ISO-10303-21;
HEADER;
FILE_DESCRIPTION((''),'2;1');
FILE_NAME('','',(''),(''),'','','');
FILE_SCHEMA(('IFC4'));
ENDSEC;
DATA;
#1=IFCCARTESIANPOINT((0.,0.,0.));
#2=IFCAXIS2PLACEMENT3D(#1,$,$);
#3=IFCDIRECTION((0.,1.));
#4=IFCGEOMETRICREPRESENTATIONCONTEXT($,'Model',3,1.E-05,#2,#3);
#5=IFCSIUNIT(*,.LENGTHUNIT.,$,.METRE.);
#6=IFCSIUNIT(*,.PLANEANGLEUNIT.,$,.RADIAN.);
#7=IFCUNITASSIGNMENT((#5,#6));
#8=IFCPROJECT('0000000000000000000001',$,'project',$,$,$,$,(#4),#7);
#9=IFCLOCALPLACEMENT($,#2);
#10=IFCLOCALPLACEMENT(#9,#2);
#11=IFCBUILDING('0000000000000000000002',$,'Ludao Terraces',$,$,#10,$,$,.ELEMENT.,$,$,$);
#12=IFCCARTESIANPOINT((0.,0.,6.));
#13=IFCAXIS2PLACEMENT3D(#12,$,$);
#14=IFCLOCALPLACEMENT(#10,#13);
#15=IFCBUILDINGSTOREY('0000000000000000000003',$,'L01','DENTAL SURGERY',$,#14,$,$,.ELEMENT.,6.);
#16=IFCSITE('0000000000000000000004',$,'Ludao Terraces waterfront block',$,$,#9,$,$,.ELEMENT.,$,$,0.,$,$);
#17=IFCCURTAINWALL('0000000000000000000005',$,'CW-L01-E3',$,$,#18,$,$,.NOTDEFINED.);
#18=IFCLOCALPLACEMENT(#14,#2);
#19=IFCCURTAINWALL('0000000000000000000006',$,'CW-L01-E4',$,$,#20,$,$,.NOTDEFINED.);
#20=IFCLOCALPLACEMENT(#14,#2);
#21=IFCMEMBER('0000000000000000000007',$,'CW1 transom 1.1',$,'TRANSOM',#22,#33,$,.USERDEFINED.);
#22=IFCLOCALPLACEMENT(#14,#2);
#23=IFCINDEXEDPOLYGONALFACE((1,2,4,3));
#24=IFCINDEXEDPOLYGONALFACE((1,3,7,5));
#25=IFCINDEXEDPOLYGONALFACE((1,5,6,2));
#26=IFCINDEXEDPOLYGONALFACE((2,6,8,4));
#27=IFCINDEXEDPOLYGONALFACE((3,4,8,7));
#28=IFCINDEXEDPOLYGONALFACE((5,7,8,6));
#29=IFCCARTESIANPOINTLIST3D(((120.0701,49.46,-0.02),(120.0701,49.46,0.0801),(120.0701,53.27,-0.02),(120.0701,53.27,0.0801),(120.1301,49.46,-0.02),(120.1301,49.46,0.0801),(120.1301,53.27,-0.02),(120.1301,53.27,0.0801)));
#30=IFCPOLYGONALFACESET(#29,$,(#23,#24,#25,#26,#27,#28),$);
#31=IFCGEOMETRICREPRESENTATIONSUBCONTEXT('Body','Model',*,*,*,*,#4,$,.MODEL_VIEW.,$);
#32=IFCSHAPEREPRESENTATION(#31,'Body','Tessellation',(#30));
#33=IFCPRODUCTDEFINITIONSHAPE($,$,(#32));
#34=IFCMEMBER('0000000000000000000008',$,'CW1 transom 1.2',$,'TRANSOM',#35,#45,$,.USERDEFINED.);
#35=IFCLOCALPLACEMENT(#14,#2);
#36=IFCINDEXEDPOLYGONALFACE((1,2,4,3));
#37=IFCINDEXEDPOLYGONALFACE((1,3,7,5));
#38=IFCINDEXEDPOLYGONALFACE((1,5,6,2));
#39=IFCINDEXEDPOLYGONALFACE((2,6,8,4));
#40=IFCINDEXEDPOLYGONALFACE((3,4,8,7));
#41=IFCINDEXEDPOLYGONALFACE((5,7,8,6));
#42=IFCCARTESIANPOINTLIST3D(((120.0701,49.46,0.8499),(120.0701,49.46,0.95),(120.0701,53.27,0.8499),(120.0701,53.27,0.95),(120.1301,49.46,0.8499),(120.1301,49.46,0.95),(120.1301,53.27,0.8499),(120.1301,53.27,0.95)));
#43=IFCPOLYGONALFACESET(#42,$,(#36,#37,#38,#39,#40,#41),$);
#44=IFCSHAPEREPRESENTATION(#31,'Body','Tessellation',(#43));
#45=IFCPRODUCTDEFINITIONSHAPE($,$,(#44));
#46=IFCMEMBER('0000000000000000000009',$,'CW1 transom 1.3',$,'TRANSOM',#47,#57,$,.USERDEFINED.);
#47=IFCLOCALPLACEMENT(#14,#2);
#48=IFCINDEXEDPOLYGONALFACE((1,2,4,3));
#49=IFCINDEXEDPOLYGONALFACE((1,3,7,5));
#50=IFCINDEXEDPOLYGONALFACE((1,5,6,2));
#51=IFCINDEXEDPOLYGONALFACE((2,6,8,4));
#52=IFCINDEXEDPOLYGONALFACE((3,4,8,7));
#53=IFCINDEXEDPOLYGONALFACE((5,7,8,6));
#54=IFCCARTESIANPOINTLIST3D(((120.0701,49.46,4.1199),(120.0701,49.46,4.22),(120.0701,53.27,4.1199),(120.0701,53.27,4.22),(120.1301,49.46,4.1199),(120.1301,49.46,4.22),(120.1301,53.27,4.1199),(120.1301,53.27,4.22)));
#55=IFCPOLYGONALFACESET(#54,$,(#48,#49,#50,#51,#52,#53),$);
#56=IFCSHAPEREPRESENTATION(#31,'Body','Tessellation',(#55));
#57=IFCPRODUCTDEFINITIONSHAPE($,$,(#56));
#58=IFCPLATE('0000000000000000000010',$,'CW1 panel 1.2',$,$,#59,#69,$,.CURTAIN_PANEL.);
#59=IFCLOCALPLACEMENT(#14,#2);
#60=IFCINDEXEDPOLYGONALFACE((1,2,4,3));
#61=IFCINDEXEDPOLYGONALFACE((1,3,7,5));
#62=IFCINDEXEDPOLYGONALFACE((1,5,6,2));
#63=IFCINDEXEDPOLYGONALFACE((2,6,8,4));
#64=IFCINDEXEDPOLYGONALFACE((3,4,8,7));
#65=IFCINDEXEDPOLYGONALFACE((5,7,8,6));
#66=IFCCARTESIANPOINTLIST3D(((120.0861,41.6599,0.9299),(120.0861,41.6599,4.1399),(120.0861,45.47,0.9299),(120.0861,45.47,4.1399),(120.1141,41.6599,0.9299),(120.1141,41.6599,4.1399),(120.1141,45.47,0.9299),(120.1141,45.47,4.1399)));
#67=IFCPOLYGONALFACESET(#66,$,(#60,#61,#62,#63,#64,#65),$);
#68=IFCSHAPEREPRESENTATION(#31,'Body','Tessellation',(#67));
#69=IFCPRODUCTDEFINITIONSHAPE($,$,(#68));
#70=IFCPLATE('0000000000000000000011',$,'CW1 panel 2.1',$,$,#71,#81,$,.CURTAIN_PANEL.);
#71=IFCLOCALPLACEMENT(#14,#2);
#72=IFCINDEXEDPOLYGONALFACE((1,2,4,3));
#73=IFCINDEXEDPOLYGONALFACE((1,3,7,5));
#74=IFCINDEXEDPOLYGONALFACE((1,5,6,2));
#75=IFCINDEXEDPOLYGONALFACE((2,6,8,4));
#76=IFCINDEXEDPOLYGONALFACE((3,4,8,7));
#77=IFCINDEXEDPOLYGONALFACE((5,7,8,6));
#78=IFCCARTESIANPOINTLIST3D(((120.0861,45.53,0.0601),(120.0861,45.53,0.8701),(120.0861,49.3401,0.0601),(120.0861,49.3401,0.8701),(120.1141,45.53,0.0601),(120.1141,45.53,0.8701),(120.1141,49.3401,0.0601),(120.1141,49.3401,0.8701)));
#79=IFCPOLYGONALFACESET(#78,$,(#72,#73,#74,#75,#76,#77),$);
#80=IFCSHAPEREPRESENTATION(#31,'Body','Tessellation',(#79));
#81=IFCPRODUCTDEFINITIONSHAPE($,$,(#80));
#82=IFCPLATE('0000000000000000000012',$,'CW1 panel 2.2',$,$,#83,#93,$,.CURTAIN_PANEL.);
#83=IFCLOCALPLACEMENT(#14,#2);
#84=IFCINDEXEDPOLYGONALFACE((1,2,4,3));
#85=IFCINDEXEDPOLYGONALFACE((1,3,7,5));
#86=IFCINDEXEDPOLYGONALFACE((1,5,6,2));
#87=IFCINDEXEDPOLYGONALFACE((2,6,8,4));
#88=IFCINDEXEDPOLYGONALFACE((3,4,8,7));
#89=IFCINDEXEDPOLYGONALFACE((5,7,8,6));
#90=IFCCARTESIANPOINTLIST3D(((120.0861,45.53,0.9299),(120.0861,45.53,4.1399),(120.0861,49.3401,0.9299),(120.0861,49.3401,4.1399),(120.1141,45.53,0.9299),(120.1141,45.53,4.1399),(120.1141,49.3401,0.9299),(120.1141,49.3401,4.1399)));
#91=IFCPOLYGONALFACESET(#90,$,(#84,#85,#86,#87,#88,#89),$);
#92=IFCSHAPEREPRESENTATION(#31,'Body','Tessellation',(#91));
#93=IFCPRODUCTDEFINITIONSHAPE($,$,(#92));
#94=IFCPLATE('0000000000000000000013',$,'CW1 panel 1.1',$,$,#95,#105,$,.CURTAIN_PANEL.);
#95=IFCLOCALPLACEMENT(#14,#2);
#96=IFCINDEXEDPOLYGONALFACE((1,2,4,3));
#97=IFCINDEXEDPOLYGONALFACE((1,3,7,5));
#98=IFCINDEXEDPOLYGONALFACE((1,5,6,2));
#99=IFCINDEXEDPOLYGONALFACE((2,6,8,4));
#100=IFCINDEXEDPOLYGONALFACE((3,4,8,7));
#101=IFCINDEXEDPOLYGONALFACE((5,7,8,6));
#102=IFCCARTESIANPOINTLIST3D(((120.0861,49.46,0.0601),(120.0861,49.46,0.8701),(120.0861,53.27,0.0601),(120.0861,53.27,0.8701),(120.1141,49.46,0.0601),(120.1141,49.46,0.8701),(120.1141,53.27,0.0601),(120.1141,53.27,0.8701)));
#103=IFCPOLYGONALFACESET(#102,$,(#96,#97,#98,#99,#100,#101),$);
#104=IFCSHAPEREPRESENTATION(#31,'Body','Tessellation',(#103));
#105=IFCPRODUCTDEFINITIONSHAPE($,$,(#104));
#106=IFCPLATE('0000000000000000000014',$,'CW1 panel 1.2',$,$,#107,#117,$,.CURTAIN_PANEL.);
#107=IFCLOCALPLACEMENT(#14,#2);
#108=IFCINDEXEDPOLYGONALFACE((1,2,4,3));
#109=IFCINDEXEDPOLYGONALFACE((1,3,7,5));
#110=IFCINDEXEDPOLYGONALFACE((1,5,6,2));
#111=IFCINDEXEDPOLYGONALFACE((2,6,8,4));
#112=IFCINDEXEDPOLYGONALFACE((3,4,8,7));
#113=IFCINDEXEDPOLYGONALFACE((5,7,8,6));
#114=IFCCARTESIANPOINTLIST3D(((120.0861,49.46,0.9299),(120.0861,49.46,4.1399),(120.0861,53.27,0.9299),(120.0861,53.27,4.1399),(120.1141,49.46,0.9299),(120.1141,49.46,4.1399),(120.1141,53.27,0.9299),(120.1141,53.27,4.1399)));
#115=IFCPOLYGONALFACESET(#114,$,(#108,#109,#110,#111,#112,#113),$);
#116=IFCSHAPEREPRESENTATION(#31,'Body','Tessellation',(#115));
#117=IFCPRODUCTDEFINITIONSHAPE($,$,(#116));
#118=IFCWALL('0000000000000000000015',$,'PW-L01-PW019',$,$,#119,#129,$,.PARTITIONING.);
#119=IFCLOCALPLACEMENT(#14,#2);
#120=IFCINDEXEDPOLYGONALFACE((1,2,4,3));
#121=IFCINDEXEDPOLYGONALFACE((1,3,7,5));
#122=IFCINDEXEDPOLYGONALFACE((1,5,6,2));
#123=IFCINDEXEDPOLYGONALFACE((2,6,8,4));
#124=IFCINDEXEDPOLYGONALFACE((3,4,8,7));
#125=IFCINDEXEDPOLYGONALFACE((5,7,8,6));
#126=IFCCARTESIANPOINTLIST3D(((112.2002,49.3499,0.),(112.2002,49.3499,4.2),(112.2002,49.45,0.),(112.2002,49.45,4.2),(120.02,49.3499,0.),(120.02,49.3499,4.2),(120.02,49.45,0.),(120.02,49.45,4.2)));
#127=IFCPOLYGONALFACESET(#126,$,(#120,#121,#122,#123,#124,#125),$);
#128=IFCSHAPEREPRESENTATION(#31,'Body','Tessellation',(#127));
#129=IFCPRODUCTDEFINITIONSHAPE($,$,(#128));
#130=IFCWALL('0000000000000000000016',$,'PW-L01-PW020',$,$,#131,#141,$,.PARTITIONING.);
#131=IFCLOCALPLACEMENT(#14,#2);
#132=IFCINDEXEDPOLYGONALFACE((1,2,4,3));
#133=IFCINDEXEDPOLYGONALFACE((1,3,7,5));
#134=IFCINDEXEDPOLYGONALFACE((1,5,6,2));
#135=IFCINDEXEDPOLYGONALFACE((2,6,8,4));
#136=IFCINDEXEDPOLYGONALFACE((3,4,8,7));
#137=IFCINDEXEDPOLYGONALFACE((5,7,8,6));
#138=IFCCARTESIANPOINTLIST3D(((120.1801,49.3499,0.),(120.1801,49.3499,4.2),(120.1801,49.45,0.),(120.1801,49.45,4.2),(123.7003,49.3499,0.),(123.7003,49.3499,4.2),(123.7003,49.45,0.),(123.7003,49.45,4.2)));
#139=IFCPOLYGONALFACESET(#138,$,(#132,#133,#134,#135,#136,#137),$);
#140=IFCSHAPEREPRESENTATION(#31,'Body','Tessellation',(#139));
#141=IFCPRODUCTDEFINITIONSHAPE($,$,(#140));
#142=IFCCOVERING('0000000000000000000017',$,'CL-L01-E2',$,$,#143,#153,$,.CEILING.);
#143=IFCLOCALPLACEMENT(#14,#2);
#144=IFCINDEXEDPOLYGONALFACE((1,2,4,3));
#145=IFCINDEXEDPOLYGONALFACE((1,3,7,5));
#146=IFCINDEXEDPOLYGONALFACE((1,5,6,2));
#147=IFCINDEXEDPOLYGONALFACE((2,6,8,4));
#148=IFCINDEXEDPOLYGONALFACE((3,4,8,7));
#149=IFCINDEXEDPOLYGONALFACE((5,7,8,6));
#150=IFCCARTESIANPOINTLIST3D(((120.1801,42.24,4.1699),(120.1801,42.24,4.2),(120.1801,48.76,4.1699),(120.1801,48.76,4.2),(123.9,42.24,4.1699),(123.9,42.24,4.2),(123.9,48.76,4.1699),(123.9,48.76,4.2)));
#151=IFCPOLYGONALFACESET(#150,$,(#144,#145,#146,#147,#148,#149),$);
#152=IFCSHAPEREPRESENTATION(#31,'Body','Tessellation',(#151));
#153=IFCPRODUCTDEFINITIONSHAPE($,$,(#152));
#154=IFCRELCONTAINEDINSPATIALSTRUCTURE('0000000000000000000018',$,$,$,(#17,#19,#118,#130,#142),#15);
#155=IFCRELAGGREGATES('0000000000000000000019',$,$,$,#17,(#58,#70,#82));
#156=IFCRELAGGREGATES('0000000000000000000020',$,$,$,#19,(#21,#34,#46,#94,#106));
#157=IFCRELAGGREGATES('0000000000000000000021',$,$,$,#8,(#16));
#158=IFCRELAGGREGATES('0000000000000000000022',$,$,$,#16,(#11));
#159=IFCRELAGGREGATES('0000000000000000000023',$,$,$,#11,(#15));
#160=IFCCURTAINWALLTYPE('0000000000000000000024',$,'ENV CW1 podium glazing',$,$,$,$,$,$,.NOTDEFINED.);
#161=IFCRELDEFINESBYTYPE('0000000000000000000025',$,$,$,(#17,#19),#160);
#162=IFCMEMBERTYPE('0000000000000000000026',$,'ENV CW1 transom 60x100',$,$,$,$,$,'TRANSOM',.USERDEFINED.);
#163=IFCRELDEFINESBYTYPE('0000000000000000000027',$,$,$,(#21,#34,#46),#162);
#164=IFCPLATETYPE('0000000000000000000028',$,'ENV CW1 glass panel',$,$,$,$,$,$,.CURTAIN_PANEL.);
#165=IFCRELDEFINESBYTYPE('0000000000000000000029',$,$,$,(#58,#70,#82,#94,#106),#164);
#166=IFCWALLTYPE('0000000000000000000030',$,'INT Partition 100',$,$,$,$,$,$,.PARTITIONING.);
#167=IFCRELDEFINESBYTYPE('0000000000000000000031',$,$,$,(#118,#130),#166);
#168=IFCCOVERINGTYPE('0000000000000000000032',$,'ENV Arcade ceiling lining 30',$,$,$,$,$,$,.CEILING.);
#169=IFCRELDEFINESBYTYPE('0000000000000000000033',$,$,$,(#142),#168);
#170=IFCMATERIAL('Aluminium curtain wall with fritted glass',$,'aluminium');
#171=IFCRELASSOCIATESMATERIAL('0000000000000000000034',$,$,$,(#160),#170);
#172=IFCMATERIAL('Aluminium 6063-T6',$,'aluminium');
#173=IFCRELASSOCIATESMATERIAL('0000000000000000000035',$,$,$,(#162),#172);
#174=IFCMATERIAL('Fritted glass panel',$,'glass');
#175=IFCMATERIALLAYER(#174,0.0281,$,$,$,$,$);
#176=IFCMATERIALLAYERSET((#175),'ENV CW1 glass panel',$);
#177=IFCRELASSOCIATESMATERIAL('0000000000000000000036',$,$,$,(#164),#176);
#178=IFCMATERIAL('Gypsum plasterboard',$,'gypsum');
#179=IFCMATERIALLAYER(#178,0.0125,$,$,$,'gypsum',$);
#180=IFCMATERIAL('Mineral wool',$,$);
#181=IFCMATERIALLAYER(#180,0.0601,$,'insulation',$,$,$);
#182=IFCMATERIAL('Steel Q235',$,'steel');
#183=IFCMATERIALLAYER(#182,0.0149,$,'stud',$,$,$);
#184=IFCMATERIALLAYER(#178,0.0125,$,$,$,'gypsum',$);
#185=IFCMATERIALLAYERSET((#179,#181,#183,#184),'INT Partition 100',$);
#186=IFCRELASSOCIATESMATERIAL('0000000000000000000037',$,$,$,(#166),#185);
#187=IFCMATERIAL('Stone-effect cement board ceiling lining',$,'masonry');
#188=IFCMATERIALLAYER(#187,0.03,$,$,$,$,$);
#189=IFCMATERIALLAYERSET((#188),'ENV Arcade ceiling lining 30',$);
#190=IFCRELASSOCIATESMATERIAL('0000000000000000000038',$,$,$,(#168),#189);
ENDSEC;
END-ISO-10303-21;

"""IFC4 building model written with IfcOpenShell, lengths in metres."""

from ifc_helpers import new_model, si_unit, direction, frame, frame_2d, origin, origin_2d, place, context, subcontext, project, spatial, rectangle, extrude, material, layer, layer_set, material_profile, profile_set, type_object, element, aggregate, save


model = new_model("IFC4")

# Units and contexts
model_context = context("Model", 3, precision=1e-05, world=origin(), true_north=direction((0.0, 1.0)))
body_context = subcontext(model_context, "Body", "Model", "MODEL_VIEW")
ifc_project = project(units=[si_unit("LENGTHUNIT", "METRE"), si_unit("PLANEANGLEUNIT", "RADIAN")], contexts=[model_context])

# Site, building, storey
site_placement = place(None, origin())
site = spatial("IfcSite", under=ifc_project, at=site_placement, Name="Ludao Terraces waterfront block", CompositionType="ELEMENT", RefElevation=0.0)
building_placement = place(site_placement, origin())
building = spatial("IfcBuilding", under=site, at=building_placement, Name="Ludao Terraces", CompositionType="ELEMENT")
storey_placement = place(building_placement, frame((0.0, 0.0, 6.0)))
storey = spatial("IfcBuildingStorey", under=building, at=storey_placement, Name="L01", Description="DENTAL SURGERY", CompositionType="ELEMENT", Elevation=6.0)

# Curtain walls
ifc_material_1 = material(Name="Aluminium curtain wall with fritted glass", Category="aluminium")
curtain_wall_type = type_object("IfcCurtainWallType", Name="ENV CW1 podium glazing", PredefinedType="NOTDEFINED", material=ifc_material_1)
curtain_wall_1_placement = place(storey_placement, origin())
curtain_wall_1 = element("IfcCurtainWall", 1, at=curtain_wall_1_placement, inside=storey, type_object=curtain_wall_type, Name="CW-L01-E3", PredefinedType="NOTDEFINED")
ifc_material_2 = material(Name="Aluminium 6063-T6", Category="aluminium")
curtain_wall_2_placement = place(storey_placement, origin())
curtain_wall_2 = element("IfcCurtainWall", 2, at=curtain_wall_2_placement, inside=storey, type_object=curtain_wall_type, Name="CW-L01-E4", PredefinedType="NOTDEFINED")

# Members
ifc_material_profile_1 = material_profile(ifc_material_2, rectangle(XDim=0.0601, YDim=0.1001, at=origin_2d()), Name="60 X 100")
ifc_profile_set_1 = profile_set([ifc_material_profile_1], Name="Aluminium 6063-T6")
member_type_1 = type_object("IfcMemberType", Name="ENV CW1 transom 60x100", ElementType="TRANSOM", PredefinedType="USERDEFINED", material=ifc_profile_set_1)
member_1_placement = place(storey_placement, frame((120.1001, 49.46, 0.03), z_axis=(0.0, 1.0, 0.0), x_axis=(-1.0, 0.0, 0.0)))
member_1 = element("IfcMember", 3, at=member_1_placement, type_object=member_type_1, Name="CW1 transom 1.1", ObjectType="TRANSOM", PredefinedType="USERDEFINED", context=body_context, shape_type="SweptSolid", body=[
    extrude(rectangle(XDim=0.0601, YDim=0.1001, at=origin_2d()), origin(), (0.0, 0.0, 1.0), 3.8101),
])
member_2_placement = place(storey_placement, frame((120.1001, 49.46, 0.8999), z_axis=(0.0, 1.0, 0.0), x_axis=(-1.0, 0.0, 0.0)))
member_2 = element("IfcMember", 4, at=member_2_placement, type_object=member_type_1, Name="CW1 transom 1.2", ObjectType="TRANSOM", PredefinedType="USERDEFINED", context=body_context, shape_type="SweptSolid", body=[
    extrude(rectangle(XDim=0.0601, YDim=0.1001, at=origin_2d()), origin(), (0.0, 0.0, 1.0), 3.8101),
])
member_3_placement = place(storey_placement, frame((120.1001, 49.46, 4.1699), z_axis=(0.0, 1.0, 0.0), x_axis=(-1.0, 0.0, 0.0)))
member_3 = element("IfcMember", 5, at=member_3_placement, type_object=member_type_1, Name="CW1 transom 1.3", ObjectType="TRANSOM", PredefinedType="USERDEFINED", context=body_context, shape_type="SweptSolid", body=[
    extrude(rectangle(XDim=0.0601, YDim=0.1001, at=origin_2d()), origin(), (0.0, 0.0, 1.0), 3.8101),
])

# Plates
ifc_material_3 = material(Name="Fritted glass panel", Category="glass")
ifc_layer_1 = layer(ifc_material_3, 0.0281)
ifc_layer_set_1 = layer_set([ifc_layer_1], Name="ENV CW1 glass panel")
plate_type = type_object("IfcPlateType", Name="ENV CW1 glass panel", PredefinedType="CURTAIN_PANEL", material=ifc_layer_set_1)
plate_1_placement = place(storey_placement, frame((120.1001, 43.5649, 0.9299), z_axis=(0.0, 0.0, 1.0), x_axis=(0.0, 1.0, 0.0)))
plate_1 = element("IfcPlate", 6, at=plate_1_placement, type_object=plate_type, Name="CW1 panel 1.2", PredefinedType="CURTAIN_PANEL", context=body_context, shape_type="SweptSolid", body=[
    extrude(rectangle(XDim=3.8101, YDim=0.0281, at=origin_2d()), origin(), (0.0, 0.0, 1.0), 3.21),
])
plate_2_placement = place(storey_placement, frame((120.1001, 47.4351, 0.0601), z_axis=(0.0, 0.0, 1.0), x_axis=(0.0, 1.0, 0.0)))
plate_2 = element("IfcPlate", 7, at=plate_2_placement, type_object=plate_type, Name="CW1 panel 2.1", PredefinedType="CURTAIN_PANEL", context=body_context, shape_type="SweptSolid", body=[
    extrude(rectangle(XDim=3.8101, YDim=0.0281, at=origin_2d()), origin(), (0.0, 0.0, 1.0), 0.8101),
])
plate_3_placement = place(storey_placement, frame((120.1001, 47.4351, 0.9299), z_axis=(0.0, 0.0, 1.0), x_axis=(0.0, 1.0, 0.0)))
plate_3 = element("IfcPlate", 8, at=plate_3_placement, type_object=plate_type, Name="CW1 panel 2.2", PredefinedType="CURTAIN_PANEL", context=body_context, shape_type="SweptSolid", body=[
    extrude(rectangle(XDim=3.8101, YDim=0.0281, at=origin_2d()), origin(), (0.0, 0.0, 1.0), 3.21),
])
aggregate(curtain_wall_1, [plate_1, plate_2, plate_3])
plate_4_placement = place(storey_placement, frame((120.1001, 51.365, 0.0601), z_axis=(0.0, 0.0, 1.0), x_axis=(0.0, 1.0, 0.0)))
plate_4 = element("IfcPlate", 9, at=plate_4_placement, type_object=plate_type, Name="CW1 panel 1.1", PredefinedType="CURTAIN_PANEL", context=body_context, shape_type="SweptSolid", body=[
    extrude(rectangle(XDim=3.8101, YDim=0.0281, at=origin_2d()), origin(), (0.0, 0.0, 1.0), 0.8101),
])
plate_5_placement = place(storey_placement, frame((120.1001, 51.365, 0.9299), z_axis=(0.0, 0.0, 1.0), x_axis=(0.0, 1.0, 0.0)))
plate_5 = element("IfcPlate", 10, at=plate_5_placement, type_object=plate_type, Name="CW1 panel 1.2", PredefinedType="CURTAIN_PANEL", context=body_context, shape_type="SweptSolid", body=[
    extrude(rectangle(XDim=3.8101, YDim=0.0281, at=origin_2d()), origin(), (0.0, 0.0, 1.0), 3.21),
])
aggregate(curtain_wall_2, [member_1, member_2, member_3, plate_4, plate_5])

# Walls
ifc_material_4 = material(Name="Gypsum plasterboard", Category="gypsum")
ifc_layer_2 = layer(ifc_material_4, 0.0125, Category="gypsum")
ifc_material_5 = material(Name="Mineral wool")
ifc_layer_3 = layer(ifc_material_5, 0.0601, Name="insulation")
ifc_material_6 = material(Name="Steel Q235", Category="steel")
ifc_layer_4 = layer(ifc_material_6, 0.0149, Name="stud")
ifc_layer_5 = layer(ifc_material_4, 0.0125, Category="gypsum")
ifc_layer_set_2 = layer_set([ifc_layer_2, ifc_layer_3, ifc_layer_4, ifc_layer_5], Name="INT Partition 100")
wall_type = type_object("IfcWallType", Name="INT Partition 100", PredefinedType="PARTITIONING", material=ifc_layer_set_2)
wall_1_placement = place(storey_placement, frame((112.2002, 49.3999, 0.0), z_axis=(0.0, 0.0, 1.0), x_axis=(1.0, 0.0, 0.0)))
element("IfcWall", 11, at=wall_1_placement, inside=storey, type_object=wall_type, Name="PW-L01-PW019", PredefinedType="PARTITIONING", context=body_context, shape_type="SweptSolid", body=[
    extrude(rectangle(XDim=7.8198, YDim=0.1001, at=frame_2d((3.9099, 0.0))), origin(), (0.0, 0.0, 1.0), 4.2),
])
wall_2_placement = place(storey_placement, frame((120.1799, 49.3999, 0.0), z_axis=(0.0, 0.0, 1.0), x_axis=(1.0, 0.0, 0.0)))
element("IfcWall", 12, at=wall_2_placement, inside=storey, type_object=wall_type, Name="PW-L01-PW020", PredefinedType="PARTITIONING", context=body_context, shape_type="SweptSolid", body=[
    extrude(rectangle(XDim=3.5203, YDim=0.1001, at=frame_2d((1.7603, 0.0))), origin(), (0.0, 0.0, 1.0), 4.2),
])

# Covering
ifc_material_7 = material(Name="Stone-effect cement board ceiling lining", Category="masonry")
ifc_layer_6 = layer(ifc_material_7, 0.03)
ifc_layer_set_3 = layer_set([ifc_layer_6], Name="ENV Arcade ceiling lining 30")
covering_type = type_object("IfcCoveringType", Name="ENV Arcade ceiling lining 30", PredefinedType="CEILING", material=ifc_layer_set_3)
covering_placement = place(storey_placement, frame((122.04, 45.5, 4.1699), z_axis=(0.0, 0.0, 1.0), x_axis=(1.0, 0.0, 0.0)))
element("IfcCovering", 13, at=covering_placement, inside=storey, type_object=covering_type, Name="CL-L01-E2", PredefinedType="CEILING", context=body_context, shape_type="SweptSolid", body=[
    extrude(rectangle(XDim=3.72, YDim=6.52, at=origin_2d()), origin(), (0.0, 0.0, 1.0), 0.03),
])

save(model, "model.ifc")
